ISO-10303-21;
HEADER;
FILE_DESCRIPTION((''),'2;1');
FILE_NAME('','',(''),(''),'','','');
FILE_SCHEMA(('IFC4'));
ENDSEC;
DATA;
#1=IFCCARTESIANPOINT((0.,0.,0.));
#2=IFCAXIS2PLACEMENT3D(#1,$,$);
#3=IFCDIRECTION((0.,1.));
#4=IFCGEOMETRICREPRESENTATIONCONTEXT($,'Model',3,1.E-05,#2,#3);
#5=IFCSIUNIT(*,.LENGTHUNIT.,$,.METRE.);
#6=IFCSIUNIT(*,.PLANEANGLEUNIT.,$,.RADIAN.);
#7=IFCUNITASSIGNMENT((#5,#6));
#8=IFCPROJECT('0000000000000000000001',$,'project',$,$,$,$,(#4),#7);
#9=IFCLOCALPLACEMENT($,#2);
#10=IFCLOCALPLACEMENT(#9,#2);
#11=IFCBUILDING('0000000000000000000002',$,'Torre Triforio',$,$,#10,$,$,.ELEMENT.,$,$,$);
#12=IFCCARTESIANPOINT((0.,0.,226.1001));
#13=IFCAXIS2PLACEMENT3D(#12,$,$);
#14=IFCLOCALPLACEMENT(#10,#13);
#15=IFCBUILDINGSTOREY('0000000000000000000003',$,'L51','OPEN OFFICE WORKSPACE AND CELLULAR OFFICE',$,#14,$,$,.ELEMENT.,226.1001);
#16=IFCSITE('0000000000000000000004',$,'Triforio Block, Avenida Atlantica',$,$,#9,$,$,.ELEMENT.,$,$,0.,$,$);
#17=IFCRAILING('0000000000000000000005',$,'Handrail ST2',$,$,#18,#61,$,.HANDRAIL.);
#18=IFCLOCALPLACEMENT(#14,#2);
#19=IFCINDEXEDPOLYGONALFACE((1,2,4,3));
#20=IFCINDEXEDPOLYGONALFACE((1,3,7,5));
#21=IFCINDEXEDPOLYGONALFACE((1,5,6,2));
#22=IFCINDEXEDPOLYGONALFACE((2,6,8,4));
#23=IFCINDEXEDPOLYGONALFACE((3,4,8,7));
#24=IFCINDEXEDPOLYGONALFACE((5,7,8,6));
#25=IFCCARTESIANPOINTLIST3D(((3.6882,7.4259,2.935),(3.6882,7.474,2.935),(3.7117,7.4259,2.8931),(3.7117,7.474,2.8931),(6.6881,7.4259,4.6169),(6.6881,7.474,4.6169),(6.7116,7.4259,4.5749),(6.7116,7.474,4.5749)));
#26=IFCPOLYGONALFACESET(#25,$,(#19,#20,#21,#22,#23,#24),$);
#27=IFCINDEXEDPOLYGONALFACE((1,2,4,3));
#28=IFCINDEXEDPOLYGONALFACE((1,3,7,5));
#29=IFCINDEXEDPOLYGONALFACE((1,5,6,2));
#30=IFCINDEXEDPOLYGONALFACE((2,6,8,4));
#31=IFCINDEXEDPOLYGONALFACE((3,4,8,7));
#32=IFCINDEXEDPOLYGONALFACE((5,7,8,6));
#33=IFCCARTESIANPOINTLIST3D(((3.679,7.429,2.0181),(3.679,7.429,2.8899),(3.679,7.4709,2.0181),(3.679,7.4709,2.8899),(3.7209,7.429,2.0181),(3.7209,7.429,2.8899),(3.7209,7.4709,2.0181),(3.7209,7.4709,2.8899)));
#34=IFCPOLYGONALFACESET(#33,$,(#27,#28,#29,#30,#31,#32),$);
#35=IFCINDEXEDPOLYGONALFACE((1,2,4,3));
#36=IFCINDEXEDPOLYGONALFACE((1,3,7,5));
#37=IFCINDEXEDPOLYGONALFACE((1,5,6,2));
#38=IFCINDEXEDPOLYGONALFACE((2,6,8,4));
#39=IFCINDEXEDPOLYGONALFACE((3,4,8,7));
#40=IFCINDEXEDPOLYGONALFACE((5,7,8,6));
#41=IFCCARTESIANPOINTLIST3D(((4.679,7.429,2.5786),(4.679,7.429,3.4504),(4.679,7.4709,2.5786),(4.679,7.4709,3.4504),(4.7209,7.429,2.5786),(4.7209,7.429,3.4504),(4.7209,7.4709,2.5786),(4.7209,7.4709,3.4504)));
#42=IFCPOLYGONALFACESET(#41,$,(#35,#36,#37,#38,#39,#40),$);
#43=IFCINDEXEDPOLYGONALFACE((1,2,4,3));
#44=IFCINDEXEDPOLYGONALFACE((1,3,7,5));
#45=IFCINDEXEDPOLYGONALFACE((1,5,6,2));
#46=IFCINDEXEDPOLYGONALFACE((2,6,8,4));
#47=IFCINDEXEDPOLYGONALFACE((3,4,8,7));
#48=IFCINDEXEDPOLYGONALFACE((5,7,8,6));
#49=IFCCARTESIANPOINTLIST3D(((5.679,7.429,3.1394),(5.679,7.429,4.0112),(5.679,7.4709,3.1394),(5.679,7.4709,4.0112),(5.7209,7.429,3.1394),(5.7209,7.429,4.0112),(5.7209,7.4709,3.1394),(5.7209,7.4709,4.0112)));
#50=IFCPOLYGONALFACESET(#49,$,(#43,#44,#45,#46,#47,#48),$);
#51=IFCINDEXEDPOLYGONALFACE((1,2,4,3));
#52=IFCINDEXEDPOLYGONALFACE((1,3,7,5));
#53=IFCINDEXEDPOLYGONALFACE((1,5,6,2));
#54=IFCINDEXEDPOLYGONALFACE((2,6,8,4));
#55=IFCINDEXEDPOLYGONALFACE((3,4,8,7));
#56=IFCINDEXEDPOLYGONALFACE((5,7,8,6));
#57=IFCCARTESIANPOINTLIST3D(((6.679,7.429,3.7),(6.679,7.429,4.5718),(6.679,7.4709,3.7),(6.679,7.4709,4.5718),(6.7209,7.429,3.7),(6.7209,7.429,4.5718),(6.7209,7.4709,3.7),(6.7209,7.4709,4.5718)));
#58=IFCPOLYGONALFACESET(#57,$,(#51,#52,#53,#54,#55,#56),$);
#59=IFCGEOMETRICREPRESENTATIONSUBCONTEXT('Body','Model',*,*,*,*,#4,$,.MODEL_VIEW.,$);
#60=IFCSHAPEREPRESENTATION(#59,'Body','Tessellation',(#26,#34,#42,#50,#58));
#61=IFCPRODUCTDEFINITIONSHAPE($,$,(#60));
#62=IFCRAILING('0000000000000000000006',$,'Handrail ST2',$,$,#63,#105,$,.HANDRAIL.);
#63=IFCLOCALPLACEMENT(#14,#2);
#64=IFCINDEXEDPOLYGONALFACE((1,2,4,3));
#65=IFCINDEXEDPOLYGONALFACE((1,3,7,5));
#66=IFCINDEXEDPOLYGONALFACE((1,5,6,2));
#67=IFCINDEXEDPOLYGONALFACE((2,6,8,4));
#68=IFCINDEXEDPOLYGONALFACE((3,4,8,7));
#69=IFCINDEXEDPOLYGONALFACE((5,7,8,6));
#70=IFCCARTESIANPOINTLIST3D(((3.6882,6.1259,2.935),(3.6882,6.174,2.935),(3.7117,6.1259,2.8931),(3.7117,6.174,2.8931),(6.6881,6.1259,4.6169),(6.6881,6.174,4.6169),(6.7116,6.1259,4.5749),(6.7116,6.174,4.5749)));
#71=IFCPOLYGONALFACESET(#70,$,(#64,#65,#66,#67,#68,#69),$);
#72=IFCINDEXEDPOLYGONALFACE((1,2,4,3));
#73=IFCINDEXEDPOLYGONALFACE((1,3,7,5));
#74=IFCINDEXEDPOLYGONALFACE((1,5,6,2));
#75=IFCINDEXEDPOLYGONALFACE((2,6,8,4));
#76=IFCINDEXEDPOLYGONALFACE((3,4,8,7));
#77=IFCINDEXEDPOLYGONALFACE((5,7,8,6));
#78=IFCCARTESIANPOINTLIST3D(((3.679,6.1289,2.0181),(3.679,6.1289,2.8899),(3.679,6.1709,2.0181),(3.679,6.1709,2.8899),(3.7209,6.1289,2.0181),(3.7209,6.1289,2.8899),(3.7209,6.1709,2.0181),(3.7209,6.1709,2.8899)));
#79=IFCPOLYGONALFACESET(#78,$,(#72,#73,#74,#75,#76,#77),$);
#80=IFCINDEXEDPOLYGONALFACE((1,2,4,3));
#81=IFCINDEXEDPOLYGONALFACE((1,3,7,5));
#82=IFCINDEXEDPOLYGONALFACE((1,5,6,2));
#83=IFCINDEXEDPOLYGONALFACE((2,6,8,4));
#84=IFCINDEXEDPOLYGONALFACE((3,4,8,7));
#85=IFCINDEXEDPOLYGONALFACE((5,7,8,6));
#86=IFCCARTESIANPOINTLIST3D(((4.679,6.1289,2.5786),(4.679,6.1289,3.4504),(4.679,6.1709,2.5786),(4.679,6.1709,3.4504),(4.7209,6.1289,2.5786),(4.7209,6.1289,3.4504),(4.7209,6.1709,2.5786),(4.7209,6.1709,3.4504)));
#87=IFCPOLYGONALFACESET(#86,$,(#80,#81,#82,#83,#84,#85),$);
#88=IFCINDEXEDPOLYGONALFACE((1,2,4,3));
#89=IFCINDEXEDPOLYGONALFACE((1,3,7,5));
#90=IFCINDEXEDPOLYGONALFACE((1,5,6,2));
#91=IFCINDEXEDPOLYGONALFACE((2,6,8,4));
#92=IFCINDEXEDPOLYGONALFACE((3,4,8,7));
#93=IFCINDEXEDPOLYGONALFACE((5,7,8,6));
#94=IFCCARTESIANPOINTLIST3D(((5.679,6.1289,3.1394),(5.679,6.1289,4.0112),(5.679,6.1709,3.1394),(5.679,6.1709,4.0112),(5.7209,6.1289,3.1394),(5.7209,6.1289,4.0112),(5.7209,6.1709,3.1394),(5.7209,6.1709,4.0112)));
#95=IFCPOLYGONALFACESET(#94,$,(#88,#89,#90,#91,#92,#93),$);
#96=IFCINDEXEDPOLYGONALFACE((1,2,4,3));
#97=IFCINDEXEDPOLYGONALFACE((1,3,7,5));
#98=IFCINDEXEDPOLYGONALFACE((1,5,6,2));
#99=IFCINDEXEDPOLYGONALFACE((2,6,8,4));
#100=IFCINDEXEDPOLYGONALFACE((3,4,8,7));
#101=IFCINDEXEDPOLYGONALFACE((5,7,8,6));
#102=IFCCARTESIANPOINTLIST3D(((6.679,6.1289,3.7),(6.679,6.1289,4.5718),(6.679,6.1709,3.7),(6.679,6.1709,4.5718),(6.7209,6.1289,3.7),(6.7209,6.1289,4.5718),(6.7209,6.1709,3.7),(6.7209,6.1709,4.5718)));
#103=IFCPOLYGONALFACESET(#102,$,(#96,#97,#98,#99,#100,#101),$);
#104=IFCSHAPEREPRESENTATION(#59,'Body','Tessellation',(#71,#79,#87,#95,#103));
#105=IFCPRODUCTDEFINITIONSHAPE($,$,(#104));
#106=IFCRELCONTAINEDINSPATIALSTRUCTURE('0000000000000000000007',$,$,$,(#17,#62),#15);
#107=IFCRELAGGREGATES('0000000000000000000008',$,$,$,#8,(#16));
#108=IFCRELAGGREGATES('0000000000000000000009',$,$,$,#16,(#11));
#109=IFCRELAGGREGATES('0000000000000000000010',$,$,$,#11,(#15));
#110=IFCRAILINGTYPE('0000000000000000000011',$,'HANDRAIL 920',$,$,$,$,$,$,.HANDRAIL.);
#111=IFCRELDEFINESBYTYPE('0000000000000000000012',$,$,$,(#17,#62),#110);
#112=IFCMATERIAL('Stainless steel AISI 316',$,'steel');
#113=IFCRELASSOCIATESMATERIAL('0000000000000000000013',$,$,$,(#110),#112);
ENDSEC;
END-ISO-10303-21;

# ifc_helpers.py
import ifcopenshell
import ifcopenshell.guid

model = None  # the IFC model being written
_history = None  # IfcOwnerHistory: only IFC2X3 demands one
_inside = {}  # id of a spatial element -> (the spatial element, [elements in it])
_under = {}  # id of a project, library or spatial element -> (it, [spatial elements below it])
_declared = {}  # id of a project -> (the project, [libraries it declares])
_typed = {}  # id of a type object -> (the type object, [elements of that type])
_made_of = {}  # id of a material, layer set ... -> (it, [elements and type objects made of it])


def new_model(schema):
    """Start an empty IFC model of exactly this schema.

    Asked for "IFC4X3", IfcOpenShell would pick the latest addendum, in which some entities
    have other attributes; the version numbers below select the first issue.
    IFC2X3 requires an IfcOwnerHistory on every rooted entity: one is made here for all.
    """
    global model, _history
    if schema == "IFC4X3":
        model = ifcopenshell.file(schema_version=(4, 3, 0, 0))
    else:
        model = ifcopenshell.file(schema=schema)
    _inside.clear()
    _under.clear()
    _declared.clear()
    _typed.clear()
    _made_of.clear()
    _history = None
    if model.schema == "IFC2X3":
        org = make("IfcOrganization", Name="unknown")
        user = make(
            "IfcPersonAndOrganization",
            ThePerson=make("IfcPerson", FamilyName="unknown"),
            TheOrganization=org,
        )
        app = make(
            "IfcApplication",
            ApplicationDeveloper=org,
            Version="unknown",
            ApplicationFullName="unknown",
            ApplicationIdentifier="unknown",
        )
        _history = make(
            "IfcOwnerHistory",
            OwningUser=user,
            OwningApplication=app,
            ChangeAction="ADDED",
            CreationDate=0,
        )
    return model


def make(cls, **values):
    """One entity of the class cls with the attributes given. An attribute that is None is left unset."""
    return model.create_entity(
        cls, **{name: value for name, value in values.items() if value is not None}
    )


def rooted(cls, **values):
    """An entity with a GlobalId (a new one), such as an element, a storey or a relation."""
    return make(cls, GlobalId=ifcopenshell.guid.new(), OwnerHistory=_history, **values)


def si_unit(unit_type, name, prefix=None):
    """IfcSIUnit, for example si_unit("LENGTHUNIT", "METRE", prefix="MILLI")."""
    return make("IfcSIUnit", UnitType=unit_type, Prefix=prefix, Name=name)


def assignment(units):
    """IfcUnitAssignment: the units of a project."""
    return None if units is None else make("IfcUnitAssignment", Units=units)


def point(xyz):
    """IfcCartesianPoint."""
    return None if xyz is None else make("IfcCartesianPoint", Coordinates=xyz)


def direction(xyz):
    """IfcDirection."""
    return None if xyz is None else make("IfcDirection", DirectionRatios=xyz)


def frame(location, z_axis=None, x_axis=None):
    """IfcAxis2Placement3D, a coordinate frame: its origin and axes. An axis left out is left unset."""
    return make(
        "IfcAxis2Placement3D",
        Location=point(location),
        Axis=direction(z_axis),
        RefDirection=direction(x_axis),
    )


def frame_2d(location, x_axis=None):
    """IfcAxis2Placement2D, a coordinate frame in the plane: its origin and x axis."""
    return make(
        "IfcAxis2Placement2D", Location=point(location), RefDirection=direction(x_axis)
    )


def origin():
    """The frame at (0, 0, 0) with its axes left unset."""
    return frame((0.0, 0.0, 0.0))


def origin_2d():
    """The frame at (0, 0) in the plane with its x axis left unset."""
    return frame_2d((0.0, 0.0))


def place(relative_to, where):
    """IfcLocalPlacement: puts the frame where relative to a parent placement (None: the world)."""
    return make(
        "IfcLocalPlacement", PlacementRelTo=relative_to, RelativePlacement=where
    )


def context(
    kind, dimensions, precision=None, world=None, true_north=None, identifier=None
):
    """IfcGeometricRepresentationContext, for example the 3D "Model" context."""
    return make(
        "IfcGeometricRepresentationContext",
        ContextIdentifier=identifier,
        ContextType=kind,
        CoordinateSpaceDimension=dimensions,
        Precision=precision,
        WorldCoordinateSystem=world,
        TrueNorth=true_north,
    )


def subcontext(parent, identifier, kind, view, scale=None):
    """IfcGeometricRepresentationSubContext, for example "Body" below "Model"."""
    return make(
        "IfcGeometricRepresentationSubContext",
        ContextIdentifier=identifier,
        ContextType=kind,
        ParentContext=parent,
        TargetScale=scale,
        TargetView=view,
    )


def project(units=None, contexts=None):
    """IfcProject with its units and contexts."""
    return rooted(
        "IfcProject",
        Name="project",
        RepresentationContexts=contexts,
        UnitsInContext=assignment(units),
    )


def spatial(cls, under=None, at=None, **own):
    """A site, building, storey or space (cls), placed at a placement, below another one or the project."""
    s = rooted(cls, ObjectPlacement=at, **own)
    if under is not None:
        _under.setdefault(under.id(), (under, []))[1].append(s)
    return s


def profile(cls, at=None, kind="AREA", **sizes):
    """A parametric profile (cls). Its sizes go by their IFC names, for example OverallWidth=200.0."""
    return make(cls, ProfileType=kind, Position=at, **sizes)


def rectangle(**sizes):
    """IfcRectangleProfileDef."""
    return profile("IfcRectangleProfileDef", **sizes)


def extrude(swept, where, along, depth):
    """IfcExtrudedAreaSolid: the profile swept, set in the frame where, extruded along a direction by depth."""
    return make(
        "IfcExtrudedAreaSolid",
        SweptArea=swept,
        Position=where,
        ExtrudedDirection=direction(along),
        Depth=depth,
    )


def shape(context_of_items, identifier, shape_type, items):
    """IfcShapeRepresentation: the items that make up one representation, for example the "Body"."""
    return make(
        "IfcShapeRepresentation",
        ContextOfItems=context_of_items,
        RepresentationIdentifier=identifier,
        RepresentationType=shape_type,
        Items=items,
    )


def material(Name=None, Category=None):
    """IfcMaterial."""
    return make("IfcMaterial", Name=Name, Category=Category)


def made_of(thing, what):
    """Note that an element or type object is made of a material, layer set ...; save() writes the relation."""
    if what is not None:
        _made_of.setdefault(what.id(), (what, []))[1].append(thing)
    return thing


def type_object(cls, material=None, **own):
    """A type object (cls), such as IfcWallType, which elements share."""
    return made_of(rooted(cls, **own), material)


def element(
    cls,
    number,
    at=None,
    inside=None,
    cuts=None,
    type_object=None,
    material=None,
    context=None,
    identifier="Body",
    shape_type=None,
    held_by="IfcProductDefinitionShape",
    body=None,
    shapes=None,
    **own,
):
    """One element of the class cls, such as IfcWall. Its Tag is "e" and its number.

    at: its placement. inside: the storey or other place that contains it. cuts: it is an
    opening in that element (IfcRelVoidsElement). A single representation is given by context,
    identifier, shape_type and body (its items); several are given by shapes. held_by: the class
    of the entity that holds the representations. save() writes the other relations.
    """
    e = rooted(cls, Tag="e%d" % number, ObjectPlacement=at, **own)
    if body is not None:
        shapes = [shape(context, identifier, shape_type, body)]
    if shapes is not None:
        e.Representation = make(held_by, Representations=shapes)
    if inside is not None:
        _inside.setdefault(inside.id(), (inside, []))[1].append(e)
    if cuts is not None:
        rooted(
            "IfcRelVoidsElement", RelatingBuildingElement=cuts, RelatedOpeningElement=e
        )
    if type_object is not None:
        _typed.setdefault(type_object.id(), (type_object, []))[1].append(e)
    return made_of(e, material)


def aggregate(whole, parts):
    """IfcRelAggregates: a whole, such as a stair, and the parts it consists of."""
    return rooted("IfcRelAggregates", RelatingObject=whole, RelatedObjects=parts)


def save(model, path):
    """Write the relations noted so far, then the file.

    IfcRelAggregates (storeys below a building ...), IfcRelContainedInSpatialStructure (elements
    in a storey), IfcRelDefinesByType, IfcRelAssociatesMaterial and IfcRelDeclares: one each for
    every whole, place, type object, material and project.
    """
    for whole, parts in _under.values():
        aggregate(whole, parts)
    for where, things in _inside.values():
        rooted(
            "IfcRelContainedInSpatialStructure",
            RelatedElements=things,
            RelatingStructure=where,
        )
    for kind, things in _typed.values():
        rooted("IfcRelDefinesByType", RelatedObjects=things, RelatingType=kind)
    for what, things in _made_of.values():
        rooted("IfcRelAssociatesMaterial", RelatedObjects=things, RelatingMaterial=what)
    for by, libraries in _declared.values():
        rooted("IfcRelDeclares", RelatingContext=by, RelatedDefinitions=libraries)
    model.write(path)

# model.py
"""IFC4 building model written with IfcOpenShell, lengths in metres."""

from ifc_helpers import new_model, si_unit, direction, frame, origin, origin_2d, place, context, subcontext, project, spatial, rectangle, extrude, material, type_object, element, save


model = new_model("IFC4")

# Units and contexts
model_context = context("Model", 3, precision=1e-05, world=origin(), true_north=direction((0.0, 1.0)))
body_context = subcontext(model_context, "Body", "Model", "MODEL_VIEW")
ifc_project = project(units=[si_unit("LENGTHUNIT", "METRE"), si_unit("PLANEANGLEUNIT", "RADIAN")], contexts=[model_context])

# Site, building, storey
site_placement = place(None, origin())
site = spatial("IfcSite", under=ifc_project, at=site_placement, Name="Triforio Block, Avenida Atlantica", CompositionType="ELEMENT", RefElevation=0.0)
building_placement = place(site_placement, origin())
building = spatial("IfcBuilding", under=site, at=building_placement, Name="Torre Triforio", CompositionType="ELEMENT")
storey_placement = place(building_placement, frame((0.0, 0.0, 226.1001)))
storey = spatial("IfcBuildingStorey", under=building, at=storey_placement, Name="L51", Description="OPEN OFFICE WORKSPACE AND CELLULAR OFFICE", CompositionType="ELEMENT", Elevation=226.1001)

# Railings
ifc_material_1 = material(Name="Stainless steel AISI 316", Category="steel")
railing_type = type_object("IfcRailingType", Name="HANDRAIL 920", PredefinedType="HANDRAIL", material=ifc_material_1)
for number, where, name in (
    (1, (3.7, 7.45, 2.0181), "Handrail ST2"),
    (2, (3.7, 6.1499, 2.0181), "Handrail ST2"),
):
    element("IfcRailing", number, at=place(storey_placement, frame(where)), inside=storey, type_object=railing_type, Name=name, PredefinedType="HANDRAIL", context=body_context, shape_type="SweptSolid", body=[
        extrude(rectangle(XDim=0.0481, YDim=0.0481, at=origin_2d()), frame((0.0, 0.0, 0.896), z_axis=(0.872272, 0.0, 0.48902), x_axis=(0.0, 1.0, 0.0)), (0.0, 0.0, 1.0), 3.4392),
        extrude(rectangle(XDim=0.042, YDim=0.042, at=origin_2d()), origin(), (0.0, 0.0, 1.0), 0.8718),
        extrude(rectangle(XDim=0.042, YDim=0.042, at=origin_2d()), frame((1.0, 0.0, 0.5605)), (0.0, 0.0, 1.0), 0.8718),
        extrude(rectangle(XDim=0.042, YDim=0.042, at=origin_2d()), frame((2.0, 0.0, 1.1213)), (0.0, 0.0, 1.0), 0.8718),
        extrude(rectangle(XDim=0.042, YDim=0.042, at=origin_2d()), frame((3.0, 0.0, 1.6819)), (0.0, 0.0, 1.0), 0.8718),
    ])

save(model, "model.ifc")
